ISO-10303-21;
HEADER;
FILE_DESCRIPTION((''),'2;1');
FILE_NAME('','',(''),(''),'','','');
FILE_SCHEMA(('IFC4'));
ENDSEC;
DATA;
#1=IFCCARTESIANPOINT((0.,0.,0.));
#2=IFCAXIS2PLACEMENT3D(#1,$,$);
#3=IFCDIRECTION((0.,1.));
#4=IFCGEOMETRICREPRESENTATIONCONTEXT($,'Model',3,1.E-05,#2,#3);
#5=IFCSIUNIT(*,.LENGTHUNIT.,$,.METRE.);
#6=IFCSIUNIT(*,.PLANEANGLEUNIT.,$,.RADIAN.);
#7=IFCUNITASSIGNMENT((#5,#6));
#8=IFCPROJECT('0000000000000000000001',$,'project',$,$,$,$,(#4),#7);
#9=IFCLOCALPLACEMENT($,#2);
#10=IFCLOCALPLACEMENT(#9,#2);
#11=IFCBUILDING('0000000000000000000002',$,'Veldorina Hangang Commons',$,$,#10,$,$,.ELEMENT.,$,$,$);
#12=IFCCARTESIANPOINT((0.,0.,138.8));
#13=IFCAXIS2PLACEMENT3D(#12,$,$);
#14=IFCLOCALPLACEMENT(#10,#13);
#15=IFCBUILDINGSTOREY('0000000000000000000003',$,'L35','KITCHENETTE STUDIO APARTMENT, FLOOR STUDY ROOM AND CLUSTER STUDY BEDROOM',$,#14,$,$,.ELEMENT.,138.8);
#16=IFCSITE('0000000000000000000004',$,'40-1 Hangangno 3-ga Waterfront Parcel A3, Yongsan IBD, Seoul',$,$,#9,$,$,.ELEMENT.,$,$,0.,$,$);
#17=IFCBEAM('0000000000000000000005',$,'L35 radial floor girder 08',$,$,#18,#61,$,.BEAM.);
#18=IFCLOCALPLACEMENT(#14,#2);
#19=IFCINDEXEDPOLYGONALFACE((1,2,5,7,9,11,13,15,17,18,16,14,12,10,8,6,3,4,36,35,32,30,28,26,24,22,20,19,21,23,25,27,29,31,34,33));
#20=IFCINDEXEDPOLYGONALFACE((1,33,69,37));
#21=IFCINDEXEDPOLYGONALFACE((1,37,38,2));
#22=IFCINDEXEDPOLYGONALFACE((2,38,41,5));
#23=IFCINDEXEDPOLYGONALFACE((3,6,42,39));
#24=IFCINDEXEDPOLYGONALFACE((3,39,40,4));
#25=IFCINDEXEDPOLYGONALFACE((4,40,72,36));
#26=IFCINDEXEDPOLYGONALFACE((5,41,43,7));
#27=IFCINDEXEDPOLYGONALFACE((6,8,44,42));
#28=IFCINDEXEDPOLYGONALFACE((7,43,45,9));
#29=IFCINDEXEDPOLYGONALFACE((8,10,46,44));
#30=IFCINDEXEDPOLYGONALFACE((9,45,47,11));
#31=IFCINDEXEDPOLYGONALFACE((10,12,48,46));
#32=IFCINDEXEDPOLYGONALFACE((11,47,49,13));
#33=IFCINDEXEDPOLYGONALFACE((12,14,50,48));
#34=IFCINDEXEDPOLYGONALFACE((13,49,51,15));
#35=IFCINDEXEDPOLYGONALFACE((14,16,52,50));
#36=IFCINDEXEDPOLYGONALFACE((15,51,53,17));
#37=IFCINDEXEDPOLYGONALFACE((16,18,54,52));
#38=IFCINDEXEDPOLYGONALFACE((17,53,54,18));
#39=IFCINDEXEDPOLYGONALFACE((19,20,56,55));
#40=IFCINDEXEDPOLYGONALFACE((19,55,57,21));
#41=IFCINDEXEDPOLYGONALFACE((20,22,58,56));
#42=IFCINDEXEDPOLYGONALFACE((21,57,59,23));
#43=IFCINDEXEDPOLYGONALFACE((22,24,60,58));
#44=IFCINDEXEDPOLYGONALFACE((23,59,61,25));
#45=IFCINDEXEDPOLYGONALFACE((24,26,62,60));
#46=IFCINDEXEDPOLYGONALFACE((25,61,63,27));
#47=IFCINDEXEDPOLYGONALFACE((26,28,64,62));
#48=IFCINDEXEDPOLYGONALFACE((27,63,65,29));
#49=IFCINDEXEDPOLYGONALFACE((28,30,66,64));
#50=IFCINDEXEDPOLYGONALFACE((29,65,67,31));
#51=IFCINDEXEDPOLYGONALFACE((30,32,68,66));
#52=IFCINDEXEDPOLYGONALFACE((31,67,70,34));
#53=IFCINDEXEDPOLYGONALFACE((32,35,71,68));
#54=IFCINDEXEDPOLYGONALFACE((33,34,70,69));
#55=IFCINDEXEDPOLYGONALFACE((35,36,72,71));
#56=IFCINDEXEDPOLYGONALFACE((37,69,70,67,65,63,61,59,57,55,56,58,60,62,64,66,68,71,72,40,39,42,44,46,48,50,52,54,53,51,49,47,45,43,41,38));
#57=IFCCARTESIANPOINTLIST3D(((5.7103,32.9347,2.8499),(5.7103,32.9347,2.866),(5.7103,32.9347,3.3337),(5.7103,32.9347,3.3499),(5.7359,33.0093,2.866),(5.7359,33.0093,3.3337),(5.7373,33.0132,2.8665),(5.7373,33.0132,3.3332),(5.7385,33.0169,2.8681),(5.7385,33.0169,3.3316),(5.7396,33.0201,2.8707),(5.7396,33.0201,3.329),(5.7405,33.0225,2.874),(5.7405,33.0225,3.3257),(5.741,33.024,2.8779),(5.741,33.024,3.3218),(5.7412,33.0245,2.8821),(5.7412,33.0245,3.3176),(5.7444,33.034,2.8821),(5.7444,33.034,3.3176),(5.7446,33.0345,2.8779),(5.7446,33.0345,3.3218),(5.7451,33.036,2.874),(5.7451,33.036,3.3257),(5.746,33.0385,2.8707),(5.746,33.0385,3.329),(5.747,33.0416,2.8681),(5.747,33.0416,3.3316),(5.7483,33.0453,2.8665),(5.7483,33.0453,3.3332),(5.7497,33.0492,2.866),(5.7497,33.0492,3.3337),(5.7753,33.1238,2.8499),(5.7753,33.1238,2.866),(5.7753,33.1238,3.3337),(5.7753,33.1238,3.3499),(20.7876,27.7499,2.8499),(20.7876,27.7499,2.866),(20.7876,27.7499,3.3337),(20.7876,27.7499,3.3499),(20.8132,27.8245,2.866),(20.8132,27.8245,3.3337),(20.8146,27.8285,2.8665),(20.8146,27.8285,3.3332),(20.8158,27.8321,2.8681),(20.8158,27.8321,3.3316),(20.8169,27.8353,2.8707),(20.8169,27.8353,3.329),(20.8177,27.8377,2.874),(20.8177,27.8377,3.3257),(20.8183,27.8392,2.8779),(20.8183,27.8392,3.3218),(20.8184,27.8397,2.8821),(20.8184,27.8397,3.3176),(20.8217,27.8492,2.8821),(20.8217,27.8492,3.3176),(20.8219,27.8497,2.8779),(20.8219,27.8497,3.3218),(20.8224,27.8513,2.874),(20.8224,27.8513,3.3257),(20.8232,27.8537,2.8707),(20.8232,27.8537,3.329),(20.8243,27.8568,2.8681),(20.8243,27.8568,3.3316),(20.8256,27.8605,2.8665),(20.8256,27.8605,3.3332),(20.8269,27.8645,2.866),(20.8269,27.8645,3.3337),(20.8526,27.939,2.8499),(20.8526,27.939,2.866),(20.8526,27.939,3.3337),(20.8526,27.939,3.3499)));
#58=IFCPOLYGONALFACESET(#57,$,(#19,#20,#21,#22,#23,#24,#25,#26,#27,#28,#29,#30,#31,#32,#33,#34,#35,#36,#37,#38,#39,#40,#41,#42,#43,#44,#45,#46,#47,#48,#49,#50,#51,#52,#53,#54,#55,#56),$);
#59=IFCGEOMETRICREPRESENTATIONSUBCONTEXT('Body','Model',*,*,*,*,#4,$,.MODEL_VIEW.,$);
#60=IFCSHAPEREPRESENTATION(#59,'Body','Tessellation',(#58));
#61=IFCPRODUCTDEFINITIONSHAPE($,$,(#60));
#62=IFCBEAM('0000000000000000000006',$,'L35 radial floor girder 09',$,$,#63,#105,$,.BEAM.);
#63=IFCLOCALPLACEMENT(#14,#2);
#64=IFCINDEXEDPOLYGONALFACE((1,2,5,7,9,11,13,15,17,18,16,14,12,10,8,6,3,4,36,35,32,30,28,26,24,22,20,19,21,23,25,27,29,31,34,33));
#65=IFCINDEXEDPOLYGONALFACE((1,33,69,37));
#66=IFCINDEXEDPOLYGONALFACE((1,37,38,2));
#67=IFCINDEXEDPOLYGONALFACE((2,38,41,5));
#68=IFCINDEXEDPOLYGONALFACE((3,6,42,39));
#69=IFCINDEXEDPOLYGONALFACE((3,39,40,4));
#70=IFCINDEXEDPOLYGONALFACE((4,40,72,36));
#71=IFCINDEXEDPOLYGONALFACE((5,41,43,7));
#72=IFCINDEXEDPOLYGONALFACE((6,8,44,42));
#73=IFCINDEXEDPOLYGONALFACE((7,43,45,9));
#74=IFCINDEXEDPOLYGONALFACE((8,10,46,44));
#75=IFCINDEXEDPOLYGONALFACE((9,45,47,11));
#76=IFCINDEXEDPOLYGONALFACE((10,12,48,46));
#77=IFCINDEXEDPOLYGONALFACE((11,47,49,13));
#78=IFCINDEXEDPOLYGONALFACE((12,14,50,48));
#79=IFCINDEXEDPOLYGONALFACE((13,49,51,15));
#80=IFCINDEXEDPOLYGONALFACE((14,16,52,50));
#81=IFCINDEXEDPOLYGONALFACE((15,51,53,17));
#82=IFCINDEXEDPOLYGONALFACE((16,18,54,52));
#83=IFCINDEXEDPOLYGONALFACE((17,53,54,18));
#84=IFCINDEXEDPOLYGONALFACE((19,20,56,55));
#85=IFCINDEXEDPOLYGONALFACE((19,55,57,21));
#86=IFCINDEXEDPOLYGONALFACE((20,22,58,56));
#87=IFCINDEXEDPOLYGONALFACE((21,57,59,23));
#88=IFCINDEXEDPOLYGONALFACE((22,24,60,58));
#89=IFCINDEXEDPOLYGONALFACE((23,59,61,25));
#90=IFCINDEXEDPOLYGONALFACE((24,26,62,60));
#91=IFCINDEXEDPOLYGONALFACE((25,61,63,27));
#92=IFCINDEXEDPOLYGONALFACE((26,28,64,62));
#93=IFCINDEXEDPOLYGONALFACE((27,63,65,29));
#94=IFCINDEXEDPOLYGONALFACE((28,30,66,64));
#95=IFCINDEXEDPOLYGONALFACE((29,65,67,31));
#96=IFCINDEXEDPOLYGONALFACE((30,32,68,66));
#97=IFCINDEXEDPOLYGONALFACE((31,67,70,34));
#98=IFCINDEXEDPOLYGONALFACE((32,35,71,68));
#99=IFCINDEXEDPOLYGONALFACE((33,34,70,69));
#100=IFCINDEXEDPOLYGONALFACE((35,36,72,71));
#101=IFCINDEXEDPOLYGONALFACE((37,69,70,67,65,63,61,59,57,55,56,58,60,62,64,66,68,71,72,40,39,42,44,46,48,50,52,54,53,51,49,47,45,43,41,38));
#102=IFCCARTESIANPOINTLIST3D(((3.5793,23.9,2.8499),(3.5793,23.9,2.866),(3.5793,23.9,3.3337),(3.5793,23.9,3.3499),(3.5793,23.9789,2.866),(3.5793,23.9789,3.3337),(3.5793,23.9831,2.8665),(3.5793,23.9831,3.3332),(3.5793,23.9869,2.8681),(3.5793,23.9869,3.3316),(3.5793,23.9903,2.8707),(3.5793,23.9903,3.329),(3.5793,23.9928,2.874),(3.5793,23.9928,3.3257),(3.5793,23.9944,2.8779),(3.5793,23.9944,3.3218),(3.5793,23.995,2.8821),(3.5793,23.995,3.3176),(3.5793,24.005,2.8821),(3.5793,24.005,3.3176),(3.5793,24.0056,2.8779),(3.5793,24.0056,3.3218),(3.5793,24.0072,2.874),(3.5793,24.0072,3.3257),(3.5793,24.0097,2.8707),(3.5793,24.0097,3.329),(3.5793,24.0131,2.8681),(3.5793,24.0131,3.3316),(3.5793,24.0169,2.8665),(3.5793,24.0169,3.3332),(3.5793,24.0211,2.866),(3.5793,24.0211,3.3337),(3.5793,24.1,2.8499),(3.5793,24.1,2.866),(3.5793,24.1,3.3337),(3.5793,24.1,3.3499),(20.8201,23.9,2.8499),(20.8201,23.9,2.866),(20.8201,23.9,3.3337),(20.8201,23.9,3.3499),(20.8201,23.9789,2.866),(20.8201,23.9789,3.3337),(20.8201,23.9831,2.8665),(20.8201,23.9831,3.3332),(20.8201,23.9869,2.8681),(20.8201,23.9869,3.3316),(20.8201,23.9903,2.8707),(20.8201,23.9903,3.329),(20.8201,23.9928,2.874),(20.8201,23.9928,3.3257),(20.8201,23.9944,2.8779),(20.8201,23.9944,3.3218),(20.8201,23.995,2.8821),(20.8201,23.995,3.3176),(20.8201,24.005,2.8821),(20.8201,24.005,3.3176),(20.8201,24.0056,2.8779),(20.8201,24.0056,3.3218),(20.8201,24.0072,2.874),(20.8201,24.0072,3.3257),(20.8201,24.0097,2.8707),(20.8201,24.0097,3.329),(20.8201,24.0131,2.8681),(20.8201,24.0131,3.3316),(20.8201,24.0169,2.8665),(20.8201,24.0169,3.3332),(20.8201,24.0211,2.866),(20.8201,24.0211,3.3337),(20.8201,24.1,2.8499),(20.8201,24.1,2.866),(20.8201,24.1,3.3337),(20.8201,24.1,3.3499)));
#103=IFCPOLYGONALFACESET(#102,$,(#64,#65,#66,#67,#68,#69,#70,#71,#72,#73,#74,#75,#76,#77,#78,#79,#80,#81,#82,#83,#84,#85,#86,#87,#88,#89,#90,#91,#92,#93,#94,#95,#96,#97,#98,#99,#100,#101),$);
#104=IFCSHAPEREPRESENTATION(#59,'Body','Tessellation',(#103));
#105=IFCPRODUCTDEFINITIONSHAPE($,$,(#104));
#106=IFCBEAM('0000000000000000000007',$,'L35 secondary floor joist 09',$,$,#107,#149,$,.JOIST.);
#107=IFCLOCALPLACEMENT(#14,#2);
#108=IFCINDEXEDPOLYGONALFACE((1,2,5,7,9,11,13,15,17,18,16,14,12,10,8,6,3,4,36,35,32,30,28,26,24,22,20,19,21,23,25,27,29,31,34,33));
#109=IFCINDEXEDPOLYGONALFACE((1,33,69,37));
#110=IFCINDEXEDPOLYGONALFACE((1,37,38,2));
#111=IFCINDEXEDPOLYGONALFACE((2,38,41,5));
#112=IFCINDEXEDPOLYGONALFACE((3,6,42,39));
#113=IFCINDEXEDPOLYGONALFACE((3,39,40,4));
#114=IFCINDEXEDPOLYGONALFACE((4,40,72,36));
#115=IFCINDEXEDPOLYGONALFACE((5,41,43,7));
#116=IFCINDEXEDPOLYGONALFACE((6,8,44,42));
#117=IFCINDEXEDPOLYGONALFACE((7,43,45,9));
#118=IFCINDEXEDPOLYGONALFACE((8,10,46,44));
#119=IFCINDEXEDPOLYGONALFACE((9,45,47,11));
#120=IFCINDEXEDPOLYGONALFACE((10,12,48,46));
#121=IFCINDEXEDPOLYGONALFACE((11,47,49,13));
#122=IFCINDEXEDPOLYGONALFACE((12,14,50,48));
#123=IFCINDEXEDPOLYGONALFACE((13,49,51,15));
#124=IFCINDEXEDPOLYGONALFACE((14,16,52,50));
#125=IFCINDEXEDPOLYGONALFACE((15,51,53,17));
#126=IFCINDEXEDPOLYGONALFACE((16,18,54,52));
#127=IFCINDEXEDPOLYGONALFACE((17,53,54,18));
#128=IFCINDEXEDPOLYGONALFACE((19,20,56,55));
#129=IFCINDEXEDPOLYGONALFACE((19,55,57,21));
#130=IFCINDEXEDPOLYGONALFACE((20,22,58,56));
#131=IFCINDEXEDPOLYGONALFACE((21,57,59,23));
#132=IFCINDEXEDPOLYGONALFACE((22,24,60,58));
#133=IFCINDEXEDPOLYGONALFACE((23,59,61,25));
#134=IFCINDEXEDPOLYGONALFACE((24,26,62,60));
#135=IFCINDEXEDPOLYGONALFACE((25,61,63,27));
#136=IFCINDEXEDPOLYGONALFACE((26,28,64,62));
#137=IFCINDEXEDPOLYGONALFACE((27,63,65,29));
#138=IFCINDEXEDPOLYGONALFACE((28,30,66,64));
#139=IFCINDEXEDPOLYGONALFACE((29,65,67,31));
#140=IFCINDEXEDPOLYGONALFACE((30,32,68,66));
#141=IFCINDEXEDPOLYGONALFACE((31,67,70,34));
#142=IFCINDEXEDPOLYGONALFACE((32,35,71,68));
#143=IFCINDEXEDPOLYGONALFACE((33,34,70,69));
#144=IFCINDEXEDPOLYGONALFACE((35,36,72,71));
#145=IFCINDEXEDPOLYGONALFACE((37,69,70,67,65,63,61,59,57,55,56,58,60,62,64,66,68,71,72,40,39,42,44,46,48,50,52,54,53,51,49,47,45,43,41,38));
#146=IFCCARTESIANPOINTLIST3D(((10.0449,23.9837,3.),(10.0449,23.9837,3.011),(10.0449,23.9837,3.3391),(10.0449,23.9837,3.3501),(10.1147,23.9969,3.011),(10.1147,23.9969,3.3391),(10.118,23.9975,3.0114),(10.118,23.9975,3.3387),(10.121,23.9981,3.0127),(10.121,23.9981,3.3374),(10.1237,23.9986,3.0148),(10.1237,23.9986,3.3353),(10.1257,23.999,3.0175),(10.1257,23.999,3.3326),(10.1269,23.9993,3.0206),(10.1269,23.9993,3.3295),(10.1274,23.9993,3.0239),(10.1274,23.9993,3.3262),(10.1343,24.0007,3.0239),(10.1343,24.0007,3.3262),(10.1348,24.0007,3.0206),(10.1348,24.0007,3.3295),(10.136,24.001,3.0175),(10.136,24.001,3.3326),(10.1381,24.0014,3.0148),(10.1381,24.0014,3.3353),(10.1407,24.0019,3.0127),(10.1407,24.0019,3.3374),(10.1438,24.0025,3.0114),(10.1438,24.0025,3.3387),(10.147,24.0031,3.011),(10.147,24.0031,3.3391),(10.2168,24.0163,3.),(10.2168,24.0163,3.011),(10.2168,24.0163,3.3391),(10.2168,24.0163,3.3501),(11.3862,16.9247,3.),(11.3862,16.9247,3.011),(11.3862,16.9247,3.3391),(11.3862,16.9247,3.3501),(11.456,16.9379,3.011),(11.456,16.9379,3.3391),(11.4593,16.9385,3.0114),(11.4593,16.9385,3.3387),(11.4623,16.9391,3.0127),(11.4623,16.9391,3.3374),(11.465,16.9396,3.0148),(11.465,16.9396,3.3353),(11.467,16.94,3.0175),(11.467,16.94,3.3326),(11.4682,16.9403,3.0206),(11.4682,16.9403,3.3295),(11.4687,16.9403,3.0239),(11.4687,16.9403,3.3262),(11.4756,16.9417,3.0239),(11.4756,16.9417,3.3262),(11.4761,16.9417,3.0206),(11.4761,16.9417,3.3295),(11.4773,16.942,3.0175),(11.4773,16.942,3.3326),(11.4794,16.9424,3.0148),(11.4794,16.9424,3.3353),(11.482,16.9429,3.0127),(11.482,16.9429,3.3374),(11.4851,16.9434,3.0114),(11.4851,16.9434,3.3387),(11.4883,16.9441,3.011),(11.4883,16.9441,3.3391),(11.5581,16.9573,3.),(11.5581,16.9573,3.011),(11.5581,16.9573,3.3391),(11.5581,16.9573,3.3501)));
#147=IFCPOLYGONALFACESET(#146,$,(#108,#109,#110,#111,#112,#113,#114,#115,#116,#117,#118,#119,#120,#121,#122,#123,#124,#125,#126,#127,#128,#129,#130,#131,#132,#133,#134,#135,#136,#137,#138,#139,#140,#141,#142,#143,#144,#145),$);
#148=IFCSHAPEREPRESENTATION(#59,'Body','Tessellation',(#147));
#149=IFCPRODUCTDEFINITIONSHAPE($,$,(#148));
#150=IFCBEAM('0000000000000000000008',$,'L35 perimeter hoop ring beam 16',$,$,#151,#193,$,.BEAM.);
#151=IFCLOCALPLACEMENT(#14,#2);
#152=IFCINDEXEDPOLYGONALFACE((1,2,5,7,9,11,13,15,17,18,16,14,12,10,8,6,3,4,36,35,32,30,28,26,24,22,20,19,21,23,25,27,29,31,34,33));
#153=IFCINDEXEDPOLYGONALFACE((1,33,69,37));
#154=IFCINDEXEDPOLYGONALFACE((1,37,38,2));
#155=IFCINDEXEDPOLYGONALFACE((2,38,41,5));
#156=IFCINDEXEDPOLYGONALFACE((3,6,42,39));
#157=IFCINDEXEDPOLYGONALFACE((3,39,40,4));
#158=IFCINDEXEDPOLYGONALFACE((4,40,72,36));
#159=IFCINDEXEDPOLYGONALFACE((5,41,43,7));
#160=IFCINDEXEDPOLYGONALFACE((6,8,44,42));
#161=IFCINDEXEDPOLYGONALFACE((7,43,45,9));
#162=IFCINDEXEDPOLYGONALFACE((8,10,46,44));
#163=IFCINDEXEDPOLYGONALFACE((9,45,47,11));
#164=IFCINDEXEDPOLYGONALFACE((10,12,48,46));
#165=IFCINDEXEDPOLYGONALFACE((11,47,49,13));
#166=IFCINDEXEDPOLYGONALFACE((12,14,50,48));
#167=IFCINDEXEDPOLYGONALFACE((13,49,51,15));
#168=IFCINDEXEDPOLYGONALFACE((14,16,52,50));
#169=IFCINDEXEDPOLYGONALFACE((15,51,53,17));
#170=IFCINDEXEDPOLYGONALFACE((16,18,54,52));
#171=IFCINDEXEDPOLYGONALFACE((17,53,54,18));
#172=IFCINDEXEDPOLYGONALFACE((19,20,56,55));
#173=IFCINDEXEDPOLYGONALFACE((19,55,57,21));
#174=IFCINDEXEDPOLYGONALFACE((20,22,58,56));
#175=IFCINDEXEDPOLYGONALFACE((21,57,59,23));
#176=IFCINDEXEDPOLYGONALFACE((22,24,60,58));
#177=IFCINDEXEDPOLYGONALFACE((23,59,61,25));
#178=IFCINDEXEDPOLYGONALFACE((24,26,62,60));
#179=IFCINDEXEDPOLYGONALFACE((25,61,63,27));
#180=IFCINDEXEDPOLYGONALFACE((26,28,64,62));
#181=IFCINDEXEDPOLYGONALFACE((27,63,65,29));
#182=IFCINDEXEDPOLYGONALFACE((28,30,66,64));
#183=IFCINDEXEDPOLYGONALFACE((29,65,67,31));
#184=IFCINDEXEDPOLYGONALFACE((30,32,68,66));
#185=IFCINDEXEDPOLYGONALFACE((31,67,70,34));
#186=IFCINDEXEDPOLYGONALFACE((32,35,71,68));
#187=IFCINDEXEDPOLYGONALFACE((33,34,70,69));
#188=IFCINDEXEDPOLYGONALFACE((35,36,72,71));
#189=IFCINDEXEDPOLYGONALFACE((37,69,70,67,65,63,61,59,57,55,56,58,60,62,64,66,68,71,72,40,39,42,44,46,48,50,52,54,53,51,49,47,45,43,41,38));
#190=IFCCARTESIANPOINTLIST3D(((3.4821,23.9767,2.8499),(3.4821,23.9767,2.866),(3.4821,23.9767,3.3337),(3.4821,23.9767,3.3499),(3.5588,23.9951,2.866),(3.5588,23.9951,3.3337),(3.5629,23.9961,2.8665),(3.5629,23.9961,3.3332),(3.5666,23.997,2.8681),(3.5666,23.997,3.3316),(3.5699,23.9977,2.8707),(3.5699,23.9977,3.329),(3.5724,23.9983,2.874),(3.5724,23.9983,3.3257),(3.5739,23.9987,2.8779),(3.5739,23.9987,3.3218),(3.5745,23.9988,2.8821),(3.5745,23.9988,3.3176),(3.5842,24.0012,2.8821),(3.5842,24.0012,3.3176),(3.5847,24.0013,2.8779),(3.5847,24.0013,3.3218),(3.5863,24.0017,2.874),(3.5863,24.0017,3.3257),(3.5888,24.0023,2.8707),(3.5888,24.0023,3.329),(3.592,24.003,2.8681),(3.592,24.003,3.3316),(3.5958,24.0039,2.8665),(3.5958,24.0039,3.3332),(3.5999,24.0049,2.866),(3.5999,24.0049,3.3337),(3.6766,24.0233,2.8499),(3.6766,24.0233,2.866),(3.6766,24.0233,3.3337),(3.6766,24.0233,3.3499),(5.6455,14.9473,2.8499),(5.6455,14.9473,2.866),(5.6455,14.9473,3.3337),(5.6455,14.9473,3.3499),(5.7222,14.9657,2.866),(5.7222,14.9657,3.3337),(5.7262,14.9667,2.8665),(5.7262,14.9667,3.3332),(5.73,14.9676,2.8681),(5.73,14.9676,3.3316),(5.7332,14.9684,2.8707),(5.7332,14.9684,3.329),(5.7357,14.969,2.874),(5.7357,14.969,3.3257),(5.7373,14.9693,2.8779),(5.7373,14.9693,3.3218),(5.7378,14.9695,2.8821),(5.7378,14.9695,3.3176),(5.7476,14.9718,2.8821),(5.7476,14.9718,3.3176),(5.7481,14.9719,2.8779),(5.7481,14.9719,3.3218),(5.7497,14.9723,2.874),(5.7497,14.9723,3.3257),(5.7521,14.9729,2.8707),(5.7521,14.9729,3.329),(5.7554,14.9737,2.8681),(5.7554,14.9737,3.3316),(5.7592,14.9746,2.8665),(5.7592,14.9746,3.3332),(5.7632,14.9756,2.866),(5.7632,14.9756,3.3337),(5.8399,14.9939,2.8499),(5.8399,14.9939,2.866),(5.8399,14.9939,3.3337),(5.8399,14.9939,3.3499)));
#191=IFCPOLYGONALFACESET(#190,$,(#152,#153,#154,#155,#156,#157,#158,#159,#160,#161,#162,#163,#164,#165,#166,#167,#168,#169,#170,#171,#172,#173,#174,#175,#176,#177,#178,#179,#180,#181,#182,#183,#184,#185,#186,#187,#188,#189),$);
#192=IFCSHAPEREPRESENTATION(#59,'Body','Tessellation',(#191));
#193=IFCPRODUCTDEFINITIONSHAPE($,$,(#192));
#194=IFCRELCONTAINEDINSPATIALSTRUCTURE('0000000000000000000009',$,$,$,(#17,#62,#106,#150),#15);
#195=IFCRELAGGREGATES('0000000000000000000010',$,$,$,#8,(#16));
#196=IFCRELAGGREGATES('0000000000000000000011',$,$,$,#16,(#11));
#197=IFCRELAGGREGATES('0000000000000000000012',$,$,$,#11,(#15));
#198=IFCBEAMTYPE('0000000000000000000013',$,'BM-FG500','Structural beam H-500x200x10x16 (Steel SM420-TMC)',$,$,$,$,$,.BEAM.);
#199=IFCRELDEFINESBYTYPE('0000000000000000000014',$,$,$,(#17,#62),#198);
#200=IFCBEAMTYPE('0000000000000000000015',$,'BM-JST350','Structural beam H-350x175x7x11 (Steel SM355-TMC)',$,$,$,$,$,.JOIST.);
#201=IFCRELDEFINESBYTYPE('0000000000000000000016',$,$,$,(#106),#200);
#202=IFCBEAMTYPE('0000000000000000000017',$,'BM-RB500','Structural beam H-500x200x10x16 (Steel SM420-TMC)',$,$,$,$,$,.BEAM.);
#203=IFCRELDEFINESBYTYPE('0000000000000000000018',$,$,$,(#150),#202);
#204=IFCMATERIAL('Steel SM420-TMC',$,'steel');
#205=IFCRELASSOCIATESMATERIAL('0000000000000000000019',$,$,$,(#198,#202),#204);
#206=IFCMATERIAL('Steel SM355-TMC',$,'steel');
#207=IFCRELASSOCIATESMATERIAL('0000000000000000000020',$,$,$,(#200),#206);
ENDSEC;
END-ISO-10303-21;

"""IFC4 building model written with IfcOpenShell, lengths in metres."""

from ifc_helpers import new_model, si_unit, direction, frame, origin, origin_2d, place, context, subcontext, project, spatial, i_section, extrude, material, material_profile, profile_set, type_object, element, save


model = new_model("IFC4")

# Units and contexts
model_context = context("Model", 3, precision=1e-05, world=origin(), true_north=direction((0.0, 1.0)))
body_context = subcontext(model_context, "Body", "Model", "MODEL_VIEW")
ifc_project = project(units=[si_unit("LENGTHUNIT", "METRE"), si_unit("PLANEANGLEUNIT", "RADIAN")], contexts=[model_context])

# Site, building, storey
site_placement = place(None, origin())
site = spatial("IfcSite", under=ifc_project, at=site_placement, Name="40-1 Hangangno 3-ga Waterfront Parcel A3, Yongsan IBD, Seoul", CompositionType="ELEMENT", RefElevation=0.0)
building_placement = place(site_placement, origin())
building = spatial("IfcBuilding", under=site, at=building_placement, Name="Veldorina Hangang Commons", CompositionType="ELEMENT")
storey_placement = place(building_placement, frame((0.0, 0.0, 138.8)))
storey = spatial("IfcBuildingStorey", under=building, at=storey_placement, Name="L35", Description="KITCHENETTE STUDIO APARTMENT, FLOOR STUDY ROOM AND CLUSTER STUDY BEDROOM", CompositionType="ELEMENT", Elevation=138.8)

# Beams
ifc_material_1 = material(Name="Steel SM420-TMC", Category="steel")
ifc_material_profile_1 = material_profile(ifc_material_1, i_section(OverallWidth=0.2, OverallDepth=0.5, WebThickness=0.01, FlangeThickness=0.0161, FilletRadius=0.0161, at=origin_2d()), Name="H-500x200x10x16")
ifc_profile_set_1 = profile_set([ifc_material_profile_1], Name="Steel SM420-TMC")
beam_type_1 = type_object("IfcBeamType", Name="BM-FG500", Description="Structural beam H-500x200x10x16 (Steel SM420-TMC)", PredefinedType="BEAM", material=ifc_profile_set_1)
beam_1_placement = place(storey_placement, frame((20.8201, 27.8445, 3.0999), z_axis=(-0.945649, 0.32519, 0.0), x_axis=(-0.32519, -0.945649, 0.0)))
element("IfcBeam", 1, at=beam_1_placement, inside=storey, type_object=beam_type_1, Name="L35 radial floor girder 08", PredefinedType="BEAM", context=body_context, shape_type="SweptSolid", body=[
    extrude(i_section(OverallWidth=0.2, OverallDepth=0.5, WebThickness=0.01, FlangeThickness=0.0161, FilletRadius=0.0161, at=origin_2d()), origin(), (0.0, 0.0, 1.0), 15.9438),
])
beam_2_placement = place(storey_placement, frame((20.8201, 24.0, 3.0999), z_axis=(-1.0, 0.0, 0.0), x_axis=(0.0, -1.0, 0.0)))
element("IfcBeam", 2, at=beam_2_placement, inside=storey, type_object=beam_type_1, Name="L35 radial floor girder 09", PredefinedType="BEAM", context=body_context, shape_type="SweptSolid", body=[
    extrude(i_section(OverallWidth=0.2, OverallDepth=0.5, WebThickness=0.01, FlangeThickness=0.0161, FilletRadius=0.0161, at=origin_2d()), origin(), (0.0, 0.0, 1.0), 17.2407),
])
ifc_material_2 = material(Name="Steel SM355-TMC", Category="steel")
ifc_material_profile_2 = material_profile(ifc_material_2, i_section(OverallWidth=0.175, OverallDepth=0.3501, WebThickness=0.0071, FlangeThickness=0.011, FilletRadius=0.0129, at=origin_2d()), Name="H-350x175x7x11")
ifc_profile_set_2 = profile_set([ifc_material_profile_2], Name="Steel SM355-TMC")
beam_type_2 = type_object("IfcBeamType", Name="BM-JST350", Description="Structural beam H-350x175x7x11 (Steel SM355-TMC)", PredefinedType="JOIST", material=ifc_profile_set_2)
beam_3_placement = place(storey_placement, frame((10.1309, 24.0, 3.175), z_axis=(0.186672, -0.982422, 0.0), x_axis=(0.982422, 0.186672, 0.0)))
element("IfcBeam", 3, at=beam_3_placement, inside=storey, type_object=beam_type_2, Name="L35 secondary floor joist 09", PredefinedType="JOIST", context=body_context, shape_type="SweptSolid", body=[
    extrude(i_section(OverallWidth=0.175, OverallDepth=0.3501, WebThickness=0.0071, FlangeThickness=0.011, FilletRadius=0.0129, at=origin_2d()), origin(), (0.0, 0.0, 1.0), 7.1853),
])
ifc_material_profile_3 = material_profile(ifc_material_1, i_section(OverallWidth=0.2, OverallDepth=0.5, WebThickness=0.01, FlangeThickness=0.0161, FilletRadius=0.0161, at=origin_2d()), Name="H-500x200x10x16")
ifc_profile_set_3 = profile_set([ifc_material_profile_3], Name="Steel SM420-TMC")
beam_type_3 = type_object("IfcBeamType", Name="BM-RB500", Description="Structural beam H-500x200x10x16 (Steel SM420-TMC)", PredefinedType="BEAM", material=ifc_profile_set_3)
beam_4_placement = place(storey_placement, frame((3.5793, 24.0, 3.0999), z_axis=(0.232996, -0.972478, 0.0), x_axis=(0.972478, 0.232996, 0.0)))
element("IfcBeam", 4, at=beam_4_placement, inside=storey, type_object=beam_type_3, Name="L35 perimeter hoop ring beam 16", PredefinedType="BEAM", context=body_context, shape_type="SweptSolid", body=[
    extrude(i_section(OverallWidth=0.2, OverallDepth=0.5, WebThickness=0.01, FlangeThickness=0.0161, FilletRadius=0.0161, at=origin_2d()), origin(), (0.0, 0.0, 1.0), 9.2849),
])

save(model, "model.ifc")
